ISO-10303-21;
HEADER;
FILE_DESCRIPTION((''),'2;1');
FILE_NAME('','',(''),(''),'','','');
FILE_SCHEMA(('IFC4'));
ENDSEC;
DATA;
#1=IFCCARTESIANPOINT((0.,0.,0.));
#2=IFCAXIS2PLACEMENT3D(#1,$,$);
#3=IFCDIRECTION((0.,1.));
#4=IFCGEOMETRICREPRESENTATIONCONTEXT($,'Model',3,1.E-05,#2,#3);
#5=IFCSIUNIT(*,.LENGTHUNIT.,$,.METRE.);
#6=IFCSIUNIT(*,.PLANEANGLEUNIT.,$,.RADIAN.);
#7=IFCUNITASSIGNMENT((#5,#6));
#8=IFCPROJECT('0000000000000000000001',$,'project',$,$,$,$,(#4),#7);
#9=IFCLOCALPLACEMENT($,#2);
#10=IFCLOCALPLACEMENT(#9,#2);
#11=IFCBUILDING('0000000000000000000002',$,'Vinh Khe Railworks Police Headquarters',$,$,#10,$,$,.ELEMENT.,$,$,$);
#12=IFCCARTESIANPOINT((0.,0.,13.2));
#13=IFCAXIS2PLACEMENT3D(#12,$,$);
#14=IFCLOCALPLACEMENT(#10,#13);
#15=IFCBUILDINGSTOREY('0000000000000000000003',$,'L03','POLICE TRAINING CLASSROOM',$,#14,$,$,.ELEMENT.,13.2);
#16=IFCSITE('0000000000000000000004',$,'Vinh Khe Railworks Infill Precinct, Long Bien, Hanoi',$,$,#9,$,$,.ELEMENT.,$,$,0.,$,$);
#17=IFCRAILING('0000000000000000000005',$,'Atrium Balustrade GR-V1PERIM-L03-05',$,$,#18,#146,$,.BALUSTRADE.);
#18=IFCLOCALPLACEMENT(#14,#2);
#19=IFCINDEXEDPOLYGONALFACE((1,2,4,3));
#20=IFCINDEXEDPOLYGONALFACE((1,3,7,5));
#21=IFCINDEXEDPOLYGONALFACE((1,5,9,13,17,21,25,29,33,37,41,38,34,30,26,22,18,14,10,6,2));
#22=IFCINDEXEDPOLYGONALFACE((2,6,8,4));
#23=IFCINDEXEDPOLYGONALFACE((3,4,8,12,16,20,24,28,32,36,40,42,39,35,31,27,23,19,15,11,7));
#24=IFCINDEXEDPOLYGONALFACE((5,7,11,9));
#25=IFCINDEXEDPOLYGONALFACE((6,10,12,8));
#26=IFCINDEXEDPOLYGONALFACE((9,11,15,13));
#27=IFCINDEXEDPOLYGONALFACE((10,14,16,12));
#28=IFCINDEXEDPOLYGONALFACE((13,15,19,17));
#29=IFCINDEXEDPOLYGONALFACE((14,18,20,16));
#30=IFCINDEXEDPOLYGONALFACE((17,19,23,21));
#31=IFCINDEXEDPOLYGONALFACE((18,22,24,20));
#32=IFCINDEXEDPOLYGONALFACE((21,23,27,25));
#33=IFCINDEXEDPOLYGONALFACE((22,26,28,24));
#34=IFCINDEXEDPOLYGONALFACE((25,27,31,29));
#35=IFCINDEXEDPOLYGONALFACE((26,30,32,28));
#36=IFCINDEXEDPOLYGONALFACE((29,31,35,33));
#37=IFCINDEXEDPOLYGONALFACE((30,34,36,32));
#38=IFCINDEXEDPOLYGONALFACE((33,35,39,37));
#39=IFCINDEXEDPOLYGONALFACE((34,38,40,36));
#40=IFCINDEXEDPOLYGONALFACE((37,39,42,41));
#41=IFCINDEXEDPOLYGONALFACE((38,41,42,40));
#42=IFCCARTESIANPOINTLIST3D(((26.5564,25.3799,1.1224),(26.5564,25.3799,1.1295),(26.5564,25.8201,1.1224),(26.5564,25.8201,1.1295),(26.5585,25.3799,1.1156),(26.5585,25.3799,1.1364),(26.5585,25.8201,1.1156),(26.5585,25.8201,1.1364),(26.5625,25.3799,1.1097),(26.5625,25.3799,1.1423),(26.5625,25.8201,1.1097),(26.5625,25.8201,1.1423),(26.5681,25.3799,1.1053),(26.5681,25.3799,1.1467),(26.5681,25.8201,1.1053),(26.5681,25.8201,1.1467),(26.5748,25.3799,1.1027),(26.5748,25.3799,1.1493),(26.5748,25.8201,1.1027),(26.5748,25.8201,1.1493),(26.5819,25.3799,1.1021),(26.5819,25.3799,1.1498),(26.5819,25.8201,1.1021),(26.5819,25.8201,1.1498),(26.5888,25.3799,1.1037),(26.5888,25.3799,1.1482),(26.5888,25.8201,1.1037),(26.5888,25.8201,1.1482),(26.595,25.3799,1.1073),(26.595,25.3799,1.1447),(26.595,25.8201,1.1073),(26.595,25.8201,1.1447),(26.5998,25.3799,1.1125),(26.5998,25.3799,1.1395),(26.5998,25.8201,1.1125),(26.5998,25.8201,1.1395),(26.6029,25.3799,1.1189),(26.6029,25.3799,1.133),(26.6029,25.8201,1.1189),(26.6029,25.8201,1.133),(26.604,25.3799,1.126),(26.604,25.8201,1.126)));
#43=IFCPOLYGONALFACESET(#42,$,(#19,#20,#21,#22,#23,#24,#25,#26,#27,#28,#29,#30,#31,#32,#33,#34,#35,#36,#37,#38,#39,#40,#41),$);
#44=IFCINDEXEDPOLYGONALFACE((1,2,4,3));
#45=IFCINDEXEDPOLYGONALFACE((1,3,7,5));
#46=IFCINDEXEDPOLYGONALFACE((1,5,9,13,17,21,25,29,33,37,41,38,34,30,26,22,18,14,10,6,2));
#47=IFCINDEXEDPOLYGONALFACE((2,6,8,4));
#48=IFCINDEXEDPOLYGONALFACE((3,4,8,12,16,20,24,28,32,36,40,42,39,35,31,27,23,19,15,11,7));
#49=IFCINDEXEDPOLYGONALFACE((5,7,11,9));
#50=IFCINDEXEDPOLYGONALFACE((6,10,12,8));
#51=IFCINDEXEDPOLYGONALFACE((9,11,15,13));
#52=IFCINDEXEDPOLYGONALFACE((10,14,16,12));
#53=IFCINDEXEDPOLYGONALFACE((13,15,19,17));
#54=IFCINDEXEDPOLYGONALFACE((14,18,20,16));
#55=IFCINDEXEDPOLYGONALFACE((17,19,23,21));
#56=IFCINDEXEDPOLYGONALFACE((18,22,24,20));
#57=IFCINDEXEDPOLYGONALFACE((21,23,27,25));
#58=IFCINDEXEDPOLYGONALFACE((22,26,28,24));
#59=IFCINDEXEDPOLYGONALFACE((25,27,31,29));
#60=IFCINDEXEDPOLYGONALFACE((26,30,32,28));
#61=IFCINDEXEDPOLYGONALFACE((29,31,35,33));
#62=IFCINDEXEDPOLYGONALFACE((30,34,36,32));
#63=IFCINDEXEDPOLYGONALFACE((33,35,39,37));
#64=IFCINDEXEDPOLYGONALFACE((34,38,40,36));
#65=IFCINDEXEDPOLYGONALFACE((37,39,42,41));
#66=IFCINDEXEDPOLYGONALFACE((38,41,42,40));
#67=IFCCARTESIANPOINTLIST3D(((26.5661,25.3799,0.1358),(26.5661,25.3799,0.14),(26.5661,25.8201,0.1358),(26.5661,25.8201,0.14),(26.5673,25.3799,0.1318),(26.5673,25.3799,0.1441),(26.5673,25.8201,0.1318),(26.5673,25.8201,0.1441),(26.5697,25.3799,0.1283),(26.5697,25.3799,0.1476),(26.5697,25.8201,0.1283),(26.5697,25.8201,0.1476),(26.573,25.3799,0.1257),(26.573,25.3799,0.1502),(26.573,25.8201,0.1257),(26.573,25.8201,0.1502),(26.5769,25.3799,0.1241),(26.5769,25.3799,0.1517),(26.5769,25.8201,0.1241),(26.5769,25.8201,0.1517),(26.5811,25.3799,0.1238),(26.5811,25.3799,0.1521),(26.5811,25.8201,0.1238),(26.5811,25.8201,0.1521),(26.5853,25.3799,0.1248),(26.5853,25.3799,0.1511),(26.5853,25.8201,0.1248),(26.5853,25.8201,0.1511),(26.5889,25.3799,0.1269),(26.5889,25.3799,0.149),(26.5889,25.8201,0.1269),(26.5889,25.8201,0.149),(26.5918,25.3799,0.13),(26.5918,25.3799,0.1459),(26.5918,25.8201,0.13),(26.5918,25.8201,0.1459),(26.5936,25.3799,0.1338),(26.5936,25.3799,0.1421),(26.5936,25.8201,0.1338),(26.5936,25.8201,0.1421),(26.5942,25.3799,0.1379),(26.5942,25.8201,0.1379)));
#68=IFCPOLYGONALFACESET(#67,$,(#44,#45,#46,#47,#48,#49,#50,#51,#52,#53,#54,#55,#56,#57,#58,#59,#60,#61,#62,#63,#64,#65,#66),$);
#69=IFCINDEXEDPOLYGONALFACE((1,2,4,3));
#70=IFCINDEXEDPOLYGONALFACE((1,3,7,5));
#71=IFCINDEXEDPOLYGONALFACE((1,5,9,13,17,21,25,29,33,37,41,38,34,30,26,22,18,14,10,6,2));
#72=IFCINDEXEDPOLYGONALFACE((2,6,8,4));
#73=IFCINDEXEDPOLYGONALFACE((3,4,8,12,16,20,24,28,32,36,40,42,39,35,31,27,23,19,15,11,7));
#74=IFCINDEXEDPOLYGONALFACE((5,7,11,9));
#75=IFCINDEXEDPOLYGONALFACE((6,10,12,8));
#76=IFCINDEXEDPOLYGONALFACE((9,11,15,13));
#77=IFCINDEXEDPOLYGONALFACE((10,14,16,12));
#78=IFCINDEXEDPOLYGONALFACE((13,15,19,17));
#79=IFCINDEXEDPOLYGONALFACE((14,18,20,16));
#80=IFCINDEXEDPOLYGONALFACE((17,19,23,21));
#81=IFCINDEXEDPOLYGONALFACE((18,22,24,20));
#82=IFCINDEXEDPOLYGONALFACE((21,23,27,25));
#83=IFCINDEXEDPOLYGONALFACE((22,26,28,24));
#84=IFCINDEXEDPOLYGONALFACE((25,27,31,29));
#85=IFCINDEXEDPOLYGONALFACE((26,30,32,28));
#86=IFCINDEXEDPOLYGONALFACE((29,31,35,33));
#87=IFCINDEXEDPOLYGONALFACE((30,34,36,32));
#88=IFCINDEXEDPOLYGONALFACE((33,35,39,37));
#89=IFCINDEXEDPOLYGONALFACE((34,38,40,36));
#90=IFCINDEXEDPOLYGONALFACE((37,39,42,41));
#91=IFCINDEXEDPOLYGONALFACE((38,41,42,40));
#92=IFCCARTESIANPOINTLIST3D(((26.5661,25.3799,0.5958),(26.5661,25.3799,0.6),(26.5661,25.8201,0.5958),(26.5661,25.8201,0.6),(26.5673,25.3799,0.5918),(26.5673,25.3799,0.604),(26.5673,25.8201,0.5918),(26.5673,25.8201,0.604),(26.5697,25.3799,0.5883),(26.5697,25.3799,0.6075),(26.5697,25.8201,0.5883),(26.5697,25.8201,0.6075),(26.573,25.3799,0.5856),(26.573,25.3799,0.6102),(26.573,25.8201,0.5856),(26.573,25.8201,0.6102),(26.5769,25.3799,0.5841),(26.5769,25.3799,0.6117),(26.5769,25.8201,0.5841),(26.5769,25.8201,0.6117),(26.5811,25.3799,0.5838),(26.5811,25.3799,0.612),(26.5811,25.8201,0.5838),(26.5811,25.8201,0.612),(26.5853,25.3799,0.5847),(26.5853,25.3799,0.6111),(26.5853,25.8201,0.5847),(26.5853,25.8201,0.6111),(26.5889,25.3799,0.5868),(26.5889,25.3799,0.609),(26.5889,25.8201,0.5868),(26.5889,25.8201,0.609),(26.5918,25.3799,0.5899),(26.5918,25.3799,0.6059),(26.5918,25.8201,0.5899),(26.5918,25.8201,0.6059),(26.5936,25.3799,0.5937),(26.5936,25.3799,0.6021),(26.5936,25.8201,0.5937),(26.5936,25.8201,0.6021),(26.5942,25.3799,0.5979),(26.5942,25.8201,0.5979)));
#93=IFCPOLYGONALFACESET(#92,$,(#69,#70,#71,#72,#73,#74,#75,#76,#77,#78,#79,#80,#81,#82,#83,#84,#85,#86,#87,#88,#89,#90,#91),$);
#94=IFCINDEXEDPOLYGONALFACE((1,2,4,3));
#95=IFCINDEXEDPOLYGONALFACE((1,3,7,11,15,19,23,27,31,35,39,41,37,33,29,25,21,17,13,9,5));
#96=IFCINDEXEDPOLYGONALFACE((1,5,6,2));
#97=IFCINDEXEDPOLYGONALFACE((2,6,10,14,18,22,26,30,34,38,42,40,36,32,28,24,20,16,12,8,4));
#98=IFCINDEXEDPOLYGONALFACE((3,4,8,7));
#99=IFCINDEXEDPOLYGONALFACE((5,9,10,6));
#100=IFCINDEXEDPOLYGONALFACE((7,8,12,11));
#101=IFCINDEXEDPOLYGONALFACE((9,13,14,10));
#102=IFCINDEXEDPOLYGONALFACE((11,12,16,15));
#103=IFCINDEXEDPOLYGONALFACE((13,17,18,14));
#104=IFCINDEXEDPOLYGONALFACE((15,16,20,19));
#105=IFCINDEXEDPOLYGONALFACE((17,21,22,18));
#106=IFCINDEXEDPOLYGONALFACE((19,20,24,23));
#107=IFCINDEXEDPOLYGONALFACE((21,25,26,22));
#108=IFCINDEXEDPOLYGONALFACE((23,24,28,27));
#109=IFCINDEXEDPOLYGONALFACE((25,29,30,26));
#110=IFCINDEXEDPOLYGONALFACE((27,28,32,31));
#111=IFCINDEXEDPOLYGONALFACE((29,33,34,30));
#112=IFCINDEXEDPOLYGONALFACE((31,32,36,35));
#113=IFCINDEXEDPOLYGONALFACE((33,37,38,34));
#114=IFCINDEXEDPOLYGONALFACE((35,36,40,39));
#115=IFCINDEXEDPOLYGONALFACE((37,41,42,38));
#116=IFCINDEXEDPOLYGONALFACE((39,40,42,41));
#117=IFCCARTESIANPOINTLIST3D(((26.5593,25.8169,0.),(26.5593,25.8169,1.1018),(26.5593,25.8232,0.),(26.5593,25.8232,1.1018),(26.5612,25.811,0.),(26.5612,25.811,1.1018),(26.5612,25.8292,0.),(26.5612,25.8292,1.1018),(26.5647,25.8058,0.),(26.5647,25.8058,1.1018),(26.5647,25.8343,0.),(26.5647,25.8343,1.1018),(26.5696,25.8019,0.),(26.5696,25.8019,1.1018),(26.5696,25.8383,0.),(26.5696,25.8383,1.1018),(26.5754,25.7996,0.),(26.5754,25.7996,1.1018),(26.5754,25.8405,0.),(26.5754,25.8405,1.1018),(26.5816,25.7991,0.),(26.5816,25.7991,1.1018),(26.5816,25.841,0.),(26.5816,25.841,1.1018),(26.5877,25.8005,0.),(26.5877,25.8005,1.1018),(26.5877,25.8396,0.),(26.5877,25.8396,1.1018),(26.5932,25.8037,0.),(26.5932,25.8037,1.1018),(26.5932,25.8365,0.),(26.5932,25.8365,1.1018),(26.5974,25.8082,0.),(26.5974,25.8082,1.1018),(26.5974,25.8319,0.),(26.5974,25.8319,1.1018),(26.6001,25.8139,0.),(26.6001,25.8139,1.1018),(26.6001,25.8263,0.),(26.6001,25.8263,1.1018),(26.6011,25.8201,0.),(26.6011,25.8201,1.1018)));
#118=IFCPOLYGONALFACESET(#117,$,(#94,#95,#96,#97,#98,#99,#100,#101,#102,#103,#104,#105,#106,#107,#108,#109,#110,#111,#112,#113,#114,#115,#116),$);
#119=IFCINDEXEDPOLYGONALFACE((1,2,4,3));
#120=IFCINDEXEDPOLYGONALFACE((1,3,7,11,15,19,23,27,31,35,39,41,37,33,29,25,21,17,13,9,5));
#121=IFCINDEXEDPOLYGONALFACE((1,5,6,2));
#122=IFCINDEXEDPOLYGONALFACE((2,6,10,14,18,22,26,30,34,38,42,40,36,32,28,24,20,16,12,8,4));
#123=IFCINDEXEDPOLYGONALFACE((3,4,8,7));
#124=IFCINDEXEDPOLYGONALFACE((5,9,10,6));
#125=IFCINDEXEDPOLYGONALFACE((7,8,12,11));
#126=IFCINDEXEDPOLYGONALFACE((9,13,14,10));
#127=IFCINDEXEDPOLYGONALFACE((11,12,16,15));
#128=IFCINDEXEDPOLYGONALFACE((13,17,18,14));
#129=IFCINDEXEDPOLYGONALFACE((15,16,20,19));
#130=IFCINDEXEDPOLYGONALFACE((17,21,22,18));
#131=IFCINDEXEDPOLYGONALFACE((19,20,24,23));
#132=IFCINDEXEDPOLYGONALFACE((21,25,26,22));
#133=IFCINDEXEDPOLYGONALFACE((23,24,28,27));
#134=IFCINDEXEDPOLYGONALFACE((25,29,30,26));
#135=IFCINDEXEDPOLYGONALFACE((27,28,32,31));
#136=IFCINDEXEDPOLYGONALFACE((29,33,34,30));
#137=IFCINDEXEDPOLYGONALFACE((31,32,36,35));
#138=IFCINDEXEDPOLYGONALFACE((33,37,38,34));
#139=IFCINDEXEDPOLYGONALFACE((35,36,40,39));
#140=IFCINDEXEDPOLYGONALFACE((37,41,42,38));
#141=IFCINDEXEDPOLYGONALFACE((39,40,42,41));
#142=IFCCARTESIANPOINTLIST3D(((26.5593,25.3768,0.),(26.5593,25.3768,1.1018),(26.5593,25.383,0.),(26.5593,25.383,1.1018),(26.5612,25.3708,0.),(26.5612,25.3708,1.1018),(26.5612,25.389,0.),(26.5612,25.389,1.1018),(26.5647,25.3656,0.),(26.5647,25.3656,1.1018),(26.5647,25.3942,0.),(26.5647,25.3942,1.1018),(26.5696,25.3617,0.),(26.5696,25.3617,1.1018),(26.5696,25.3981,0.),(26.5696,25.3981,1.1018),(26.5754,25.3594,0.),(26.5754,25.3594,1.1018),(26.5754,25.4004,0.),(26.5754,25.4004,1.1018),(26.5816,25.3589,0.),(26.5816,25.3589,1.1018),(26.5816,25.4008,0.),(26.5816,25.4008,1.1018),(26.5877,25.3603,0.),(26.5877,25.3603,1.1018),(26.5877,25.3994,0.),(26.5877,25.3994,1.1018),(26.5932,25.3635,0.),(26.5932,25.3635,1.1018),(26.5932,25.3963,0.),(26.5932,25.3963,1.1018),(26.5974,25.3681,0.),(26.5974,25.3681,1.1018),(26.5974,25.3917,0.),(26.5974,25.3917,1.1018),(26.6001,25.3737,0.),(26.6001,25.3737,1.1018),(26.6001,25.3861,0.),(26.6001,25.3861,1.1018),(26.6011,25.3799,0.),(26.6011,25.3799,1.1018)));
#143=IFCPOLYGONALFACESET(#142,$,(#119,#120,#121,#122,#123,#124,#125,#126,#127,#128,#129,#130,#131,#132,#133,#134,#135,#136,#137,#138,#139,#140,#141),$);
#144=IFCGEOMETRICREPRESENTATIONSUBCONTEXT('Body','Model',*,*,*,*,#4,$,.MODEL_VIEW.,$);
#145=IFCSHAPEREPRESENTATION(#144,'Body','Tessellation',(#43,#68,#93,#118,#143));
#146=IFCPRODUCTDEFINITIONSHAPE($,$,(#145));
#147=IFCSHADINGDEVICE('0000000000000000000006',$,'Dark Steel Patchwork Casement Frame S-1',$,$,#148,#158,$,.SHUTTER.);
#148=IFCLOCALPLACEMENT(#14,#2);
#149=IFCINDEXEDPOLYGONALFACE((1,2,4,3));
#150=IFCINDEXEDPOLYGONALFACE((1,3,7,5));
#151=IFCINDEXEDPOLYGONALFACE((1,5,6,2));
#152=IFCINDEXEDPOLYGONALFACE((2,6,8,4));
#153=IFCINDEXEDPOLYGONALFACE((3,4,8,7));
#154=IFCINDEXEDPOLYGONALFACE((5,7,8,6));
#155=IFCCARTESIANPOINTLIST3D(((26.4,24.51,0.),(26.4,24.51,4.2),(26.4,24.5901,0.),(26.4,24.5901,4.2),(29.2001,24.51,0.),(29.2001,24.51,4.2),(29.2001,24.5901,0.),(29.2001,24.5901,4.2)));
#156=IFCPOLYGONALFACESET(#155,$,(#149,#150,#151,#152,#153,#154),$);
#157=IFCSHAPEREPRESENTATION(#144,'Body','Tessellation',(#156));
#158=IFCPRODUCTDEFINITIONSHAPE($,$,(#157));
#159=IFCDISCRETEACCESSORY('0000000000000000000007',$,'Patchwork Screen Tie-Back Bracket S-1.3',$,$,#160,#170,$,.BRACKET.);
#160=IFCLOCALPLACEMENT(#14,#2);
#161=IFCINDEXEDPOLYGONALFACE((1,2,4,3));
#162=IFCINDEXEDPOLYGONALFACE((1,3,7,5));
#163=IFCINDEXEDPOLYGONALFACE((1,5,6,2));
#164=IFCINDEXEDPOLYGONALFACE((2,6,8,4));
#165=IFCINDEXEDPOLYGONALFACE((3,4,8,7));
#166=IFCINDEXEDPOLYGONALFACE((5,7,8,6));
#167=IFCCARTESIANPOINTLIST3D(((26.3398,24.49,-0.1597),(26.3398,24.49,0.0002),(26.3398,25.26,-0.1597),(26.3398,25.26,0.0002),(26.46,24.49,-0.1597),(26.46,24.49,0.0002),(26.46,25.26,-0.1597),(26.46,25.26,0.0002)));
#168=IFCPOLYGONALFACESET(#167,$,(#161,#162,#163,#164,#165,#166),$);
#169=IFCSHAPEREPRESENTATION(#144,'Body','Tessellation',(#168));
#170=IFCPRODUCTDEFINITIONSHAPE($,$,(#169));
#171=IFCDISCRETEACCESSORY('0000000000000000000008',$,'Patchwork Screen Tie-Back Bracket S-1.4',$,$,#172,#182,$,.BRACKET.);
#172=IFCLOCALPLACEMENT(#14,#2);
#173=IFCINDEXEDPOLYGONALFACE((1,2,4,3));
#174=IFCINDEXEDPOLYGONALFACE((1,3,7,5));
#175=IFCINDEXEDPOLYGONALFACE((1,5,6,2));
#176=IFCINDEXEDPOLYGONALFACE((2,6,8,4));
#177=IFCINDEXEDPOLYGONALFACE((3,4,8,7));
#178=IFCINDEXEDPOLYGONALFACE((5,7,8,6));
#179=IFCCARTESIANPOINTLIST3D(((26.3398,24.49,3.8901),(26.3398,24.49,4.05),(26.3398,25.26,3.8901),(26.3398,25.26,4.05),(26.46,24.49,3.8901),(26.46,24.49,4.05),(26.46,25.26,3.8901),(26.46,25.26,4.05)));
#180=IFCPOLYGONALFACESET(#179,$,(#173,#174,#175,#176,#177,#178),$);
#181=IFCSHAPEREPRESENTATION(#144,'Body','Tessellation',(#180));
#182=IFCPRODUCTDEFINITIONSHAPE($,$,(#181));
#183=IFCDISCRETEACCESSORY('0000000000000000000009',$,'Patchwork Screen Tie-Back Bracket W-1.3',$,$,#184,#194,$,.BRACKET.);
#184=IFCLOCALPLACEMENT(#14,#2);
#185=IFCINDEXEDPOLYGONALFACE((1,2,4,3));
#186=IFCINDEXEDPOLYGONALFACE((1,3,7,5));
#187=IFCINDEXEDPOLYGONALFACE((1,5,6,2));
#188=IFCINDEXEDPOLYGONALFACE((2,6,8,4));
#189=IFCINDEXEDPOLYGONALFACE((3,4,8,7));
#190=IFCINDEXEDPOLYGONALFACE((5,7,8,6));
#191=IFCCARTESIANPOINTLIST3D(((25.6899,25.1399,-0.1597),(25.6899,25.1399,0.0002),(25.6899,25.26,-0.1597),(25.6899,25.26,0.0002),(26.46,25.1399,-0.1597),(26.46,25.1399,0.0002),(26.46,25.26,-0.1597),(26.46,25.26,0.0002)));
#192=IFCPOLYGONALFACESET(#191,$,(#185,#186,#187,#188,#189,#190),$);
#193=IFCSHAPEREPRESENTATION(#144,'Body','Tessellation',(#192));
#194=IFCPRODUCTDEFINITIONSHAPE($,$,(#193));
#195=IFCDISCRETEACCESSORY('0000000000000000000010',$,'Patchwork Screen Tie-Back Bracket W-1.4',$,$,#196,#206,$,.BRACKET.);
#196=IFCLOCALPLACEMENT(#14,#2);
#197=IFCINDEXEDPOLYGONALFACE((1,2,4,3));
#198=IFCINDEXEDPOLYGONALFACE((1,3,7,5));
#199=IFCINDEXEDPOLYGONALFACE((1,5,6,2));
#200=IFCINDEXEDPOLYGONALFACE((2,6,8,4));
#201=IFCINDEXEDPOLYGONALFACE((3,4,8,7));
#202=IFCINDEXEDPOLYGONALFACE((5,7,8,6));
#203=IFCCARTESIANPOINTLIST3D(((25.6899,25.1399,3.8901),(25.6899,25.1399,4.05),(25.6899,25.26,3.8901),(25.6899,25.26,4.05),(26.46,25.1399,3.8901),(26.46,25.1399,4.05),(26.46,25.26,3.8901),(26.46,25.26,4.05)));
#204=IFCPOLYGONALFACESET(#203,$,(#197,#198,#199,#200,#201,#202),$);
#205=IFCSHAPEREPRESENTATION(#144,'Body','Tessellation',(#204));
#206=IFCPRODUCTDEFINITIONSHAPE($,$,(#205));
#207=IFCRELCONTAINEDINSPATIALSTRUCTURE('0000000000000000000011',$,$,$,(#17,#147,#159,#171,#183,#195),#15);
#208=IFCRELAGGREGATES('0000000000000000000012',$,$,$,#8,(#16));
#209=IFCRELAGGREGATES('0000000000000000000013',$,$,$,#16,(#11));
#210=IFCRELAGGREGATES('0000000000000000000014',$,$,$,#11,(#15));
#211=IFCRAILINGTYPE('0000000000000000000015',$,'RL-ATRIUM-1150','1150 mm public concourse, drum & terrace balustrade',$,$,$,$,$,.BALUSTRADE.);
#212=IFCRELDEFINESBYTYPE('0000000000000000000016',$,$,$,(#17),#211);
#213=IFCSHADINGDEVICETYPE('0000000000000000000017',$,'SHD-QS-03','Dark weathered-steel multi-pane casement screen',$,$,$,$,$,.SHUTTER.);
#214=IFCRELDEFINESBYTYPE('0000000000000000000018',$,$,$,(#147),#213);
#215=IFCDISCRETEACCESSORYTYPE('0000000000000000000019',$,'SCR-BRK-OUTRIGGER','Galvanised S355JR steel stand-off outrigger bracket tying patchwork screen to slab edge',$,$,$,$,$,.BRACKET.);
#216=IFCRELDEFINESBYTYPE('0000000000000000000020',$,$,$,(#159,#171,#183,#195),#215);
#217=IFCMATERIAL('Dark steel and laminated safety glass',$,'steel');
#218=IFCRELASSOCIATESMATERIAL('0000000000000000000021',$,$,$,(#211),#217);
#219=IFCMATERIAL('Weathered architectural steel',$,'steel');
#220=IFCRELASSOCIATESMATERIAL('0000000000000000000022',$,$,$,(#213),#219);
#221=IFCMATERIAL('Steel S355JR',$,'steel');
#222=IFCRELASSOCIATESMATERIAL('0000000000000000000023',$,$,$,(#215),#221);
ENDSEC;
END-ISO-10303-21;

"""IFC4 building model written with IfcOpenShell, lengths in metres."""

from ifc_helpers import new_model, si_unit, direction, frame, origin, origin_2d, place, context, subcontext, project, spatial, rectangle, circle, extrude, material, type_object, element, save


model = new_model("IFC4")

# Units and contexts
model_context = context("Model", 3, precision=1e-05, world=origin(), true_north=direction((0.0, 1.0)))
body_context = subcontext(model_context, "Body", "Model", "MODEL_VIEW")
ifc_project = project(units=[si_unit("LENGTHUNIT", "METRE"), si_unit("PLANEANGLEUNIT", "RADIAN")], contexts=[model_context])

# Site, building, storey
site_placement = place(None, origin())
site = spatial("IfcSite", under=ifc_project, at=site_placement, Name="Vinh Khe Railworks Infill Precinct, Long Bien, Hanoi", CompositionType="ELEMENT", RefElevation=0.0)
building_placement = place(site_placement, origin())
building = spatial("IfcBuilding", under=site, at=building_placement, Name="Vinh Khe Railworks Police Headquarters", CompositionType="ELEMENT")
storey_placement = place(building_placement, frame((0.0, 0.0, 13.2)))
storey = spatial("IfcBuildingStorey", under=building, at=storey_placement, Name="L03", Description="POLICE TRAINING CLASSROOM", CompositionType="ELEMENT", Elevation=13.2)

# Shared definitions
ifc_material_1 = material(Name="Steel S355JR", Category="steel")

# Railing
ifc_material_2 = material(Name="Dark steel and laminated safety glass", Category="steel")
railing_type = type_object("IfcRailingType", Name="RL-ATRIUM-1150", Description="1150 mm public concourse, drum & terrace balustrade", PredefinedType="BALUSTRADE", material=ifc_material_2)
railing_1_placement = place(storey_placement, frame((26.5801, 25.8201, 0.0)))
element("IfcRailing", 1, at=railing_1_placement, inside=storey, type_object=railing_type, Name="Atrium Balustrade GR-V1PERIM-L03-05", PredefinedType="BALUSTRADE", context=body_context, shape_type="SweptSolid", body=[
    extrude(circle(Radius=0.0239, at=origin_2d()), frame((0.0, 0.0, 1.126), z_axis=(0.0, -1.0, 0.0), x_axis=(1.0, 0.0, 0.0)), (0.0, 0.0, 1.0), 0.4402),
    extrude(circle(Radius=0.0142, at=origin_2d()), frame((0.0, 0.0, 0.1379), z_axis=(0.0, -1.0, 0.0), x_axis=(1.0, 0.0, 0.0)), (0.0, 0.0, 1.0), 0.4402),
    extrude(circle(Radius=0.0142, at=origin_2d()), frame((0.0, 0.0, 0.5979), z_axis=(0.0, -1.0, 0.0), x_axis=(1.0, 0.0, 0.0)), (0.0, 0.0, 1.0), 0.4402),
    extrude(circle(Radius=0.021, at=origin_2d()), origin(), (0.0, 0.0, 1.0), 1.1018),
    extrude(circle(Radius=0.021, at=origin_2d()), frame((0.0, -0.4402, 0.0)), (0.0, 0.0, 1.0), 1.1018),
])

# Shading device
ifc_material_3 = material(Name="Weathered architectural steel", Category="steel")
shading_device_type = type_object("IfcShadingDeviceType", Name="SHD-QS-03", Description="Dark weathered-steel multi-pane casement screen", PredefinedType="SHUTTER", material=ifc_material_3)
shading_device_placement = place(storey_placement, frame((27.8, 24.55, 0.0), z_axis=(0.0, 0.0, 1.0), x_axis=(1.0, 0.0, 0.0)))
element("IfcShadingDevice", 2, at=shading_device_placement, inside=storey, type_object=shading_device_type, Name="Dark Steel Patchwork Casement Frame S-1", PredefinedType="SHUTTER", context=body_context, shape_type="SweptSolid", body=[
    extrude(rectangle(XDim=2.8, YDim=0.0801, at=origin_2d()), origin(), (0.0, 0.0, 1.0), 4.2),
])

# Discrete accessories
discrete_accessory_type_1 = type_object("IfcDiscreteAccessoryType", Name="SCR-BRK-OUTRIGGER", Description="Galvanised S355JR steel stand-off outrigger bracket tying patchwork screen to slab edge", PredefinedType="BRACKET", material=ifc_material_1)
for number, where, z_axis, x_axis, name in (
    (3, (26.3999, 24.875, -0.1597), (0.0, 0.0, 1.0), (1.0, 0.0, 0.0), "Patchwork Screen Tie-Back Bracket S-1.3"),
    (4, (26.3999, 24.875, 3.8901), (0.0, 0.0, 1.0), (1.0, 0.0, 0.0), "Patchwork Screen Tie-Back Bracket S-1.4"),
):
    element("IfcDiscreteAccessory", number, at=place(storey_placement, frame(where, z_axis=z_axis, x_axis=x_axis)), inside=storey, type_object=discrete_accessory_type_1, Name=name, PredefinedType="BRACKET", context=body_context, shape_type="SweptSolid", body=[
        extrude(rectangle(XDim=0.1201, YDim=0.77, at=origin_2d()), origin(), (0.0, 0.0, 1.0), 0.1599),
    ])
for number, where, z_axis, x_axis, name in (
    (5, (26.075, 25.2, -0.1597), (0.0, 0.0, 1.0), (1.0, 0.0, 0.0), "Patchwork Screen Tie-Back Bracket W-1.3"),
    (6, (26.075, 25.2, 3.8901), (0.0, 0.0, 1.0), (1.0, 0.0, 0.0), "Patchwork Screen Tie-Back Bracket W-1.4"),
):
    element("IfcDiscreteAccessory", number, at=place(storey_placement, frame(where, z_axis=z_axis, x_axis=x_axis)), inside=storey, type_object=discrete_accessory_type_1, Name=name, PredefinedType="BRACKET", context=body_context, shape_type="SweptSolid", body=[
        extrude(rectangle(XDim=0.77, YDim=0.1201, at=origin_2d()), origin(), (0.0, 0.0, 1.0), 0.1599),
    ])

save(model, "model.ifc")
